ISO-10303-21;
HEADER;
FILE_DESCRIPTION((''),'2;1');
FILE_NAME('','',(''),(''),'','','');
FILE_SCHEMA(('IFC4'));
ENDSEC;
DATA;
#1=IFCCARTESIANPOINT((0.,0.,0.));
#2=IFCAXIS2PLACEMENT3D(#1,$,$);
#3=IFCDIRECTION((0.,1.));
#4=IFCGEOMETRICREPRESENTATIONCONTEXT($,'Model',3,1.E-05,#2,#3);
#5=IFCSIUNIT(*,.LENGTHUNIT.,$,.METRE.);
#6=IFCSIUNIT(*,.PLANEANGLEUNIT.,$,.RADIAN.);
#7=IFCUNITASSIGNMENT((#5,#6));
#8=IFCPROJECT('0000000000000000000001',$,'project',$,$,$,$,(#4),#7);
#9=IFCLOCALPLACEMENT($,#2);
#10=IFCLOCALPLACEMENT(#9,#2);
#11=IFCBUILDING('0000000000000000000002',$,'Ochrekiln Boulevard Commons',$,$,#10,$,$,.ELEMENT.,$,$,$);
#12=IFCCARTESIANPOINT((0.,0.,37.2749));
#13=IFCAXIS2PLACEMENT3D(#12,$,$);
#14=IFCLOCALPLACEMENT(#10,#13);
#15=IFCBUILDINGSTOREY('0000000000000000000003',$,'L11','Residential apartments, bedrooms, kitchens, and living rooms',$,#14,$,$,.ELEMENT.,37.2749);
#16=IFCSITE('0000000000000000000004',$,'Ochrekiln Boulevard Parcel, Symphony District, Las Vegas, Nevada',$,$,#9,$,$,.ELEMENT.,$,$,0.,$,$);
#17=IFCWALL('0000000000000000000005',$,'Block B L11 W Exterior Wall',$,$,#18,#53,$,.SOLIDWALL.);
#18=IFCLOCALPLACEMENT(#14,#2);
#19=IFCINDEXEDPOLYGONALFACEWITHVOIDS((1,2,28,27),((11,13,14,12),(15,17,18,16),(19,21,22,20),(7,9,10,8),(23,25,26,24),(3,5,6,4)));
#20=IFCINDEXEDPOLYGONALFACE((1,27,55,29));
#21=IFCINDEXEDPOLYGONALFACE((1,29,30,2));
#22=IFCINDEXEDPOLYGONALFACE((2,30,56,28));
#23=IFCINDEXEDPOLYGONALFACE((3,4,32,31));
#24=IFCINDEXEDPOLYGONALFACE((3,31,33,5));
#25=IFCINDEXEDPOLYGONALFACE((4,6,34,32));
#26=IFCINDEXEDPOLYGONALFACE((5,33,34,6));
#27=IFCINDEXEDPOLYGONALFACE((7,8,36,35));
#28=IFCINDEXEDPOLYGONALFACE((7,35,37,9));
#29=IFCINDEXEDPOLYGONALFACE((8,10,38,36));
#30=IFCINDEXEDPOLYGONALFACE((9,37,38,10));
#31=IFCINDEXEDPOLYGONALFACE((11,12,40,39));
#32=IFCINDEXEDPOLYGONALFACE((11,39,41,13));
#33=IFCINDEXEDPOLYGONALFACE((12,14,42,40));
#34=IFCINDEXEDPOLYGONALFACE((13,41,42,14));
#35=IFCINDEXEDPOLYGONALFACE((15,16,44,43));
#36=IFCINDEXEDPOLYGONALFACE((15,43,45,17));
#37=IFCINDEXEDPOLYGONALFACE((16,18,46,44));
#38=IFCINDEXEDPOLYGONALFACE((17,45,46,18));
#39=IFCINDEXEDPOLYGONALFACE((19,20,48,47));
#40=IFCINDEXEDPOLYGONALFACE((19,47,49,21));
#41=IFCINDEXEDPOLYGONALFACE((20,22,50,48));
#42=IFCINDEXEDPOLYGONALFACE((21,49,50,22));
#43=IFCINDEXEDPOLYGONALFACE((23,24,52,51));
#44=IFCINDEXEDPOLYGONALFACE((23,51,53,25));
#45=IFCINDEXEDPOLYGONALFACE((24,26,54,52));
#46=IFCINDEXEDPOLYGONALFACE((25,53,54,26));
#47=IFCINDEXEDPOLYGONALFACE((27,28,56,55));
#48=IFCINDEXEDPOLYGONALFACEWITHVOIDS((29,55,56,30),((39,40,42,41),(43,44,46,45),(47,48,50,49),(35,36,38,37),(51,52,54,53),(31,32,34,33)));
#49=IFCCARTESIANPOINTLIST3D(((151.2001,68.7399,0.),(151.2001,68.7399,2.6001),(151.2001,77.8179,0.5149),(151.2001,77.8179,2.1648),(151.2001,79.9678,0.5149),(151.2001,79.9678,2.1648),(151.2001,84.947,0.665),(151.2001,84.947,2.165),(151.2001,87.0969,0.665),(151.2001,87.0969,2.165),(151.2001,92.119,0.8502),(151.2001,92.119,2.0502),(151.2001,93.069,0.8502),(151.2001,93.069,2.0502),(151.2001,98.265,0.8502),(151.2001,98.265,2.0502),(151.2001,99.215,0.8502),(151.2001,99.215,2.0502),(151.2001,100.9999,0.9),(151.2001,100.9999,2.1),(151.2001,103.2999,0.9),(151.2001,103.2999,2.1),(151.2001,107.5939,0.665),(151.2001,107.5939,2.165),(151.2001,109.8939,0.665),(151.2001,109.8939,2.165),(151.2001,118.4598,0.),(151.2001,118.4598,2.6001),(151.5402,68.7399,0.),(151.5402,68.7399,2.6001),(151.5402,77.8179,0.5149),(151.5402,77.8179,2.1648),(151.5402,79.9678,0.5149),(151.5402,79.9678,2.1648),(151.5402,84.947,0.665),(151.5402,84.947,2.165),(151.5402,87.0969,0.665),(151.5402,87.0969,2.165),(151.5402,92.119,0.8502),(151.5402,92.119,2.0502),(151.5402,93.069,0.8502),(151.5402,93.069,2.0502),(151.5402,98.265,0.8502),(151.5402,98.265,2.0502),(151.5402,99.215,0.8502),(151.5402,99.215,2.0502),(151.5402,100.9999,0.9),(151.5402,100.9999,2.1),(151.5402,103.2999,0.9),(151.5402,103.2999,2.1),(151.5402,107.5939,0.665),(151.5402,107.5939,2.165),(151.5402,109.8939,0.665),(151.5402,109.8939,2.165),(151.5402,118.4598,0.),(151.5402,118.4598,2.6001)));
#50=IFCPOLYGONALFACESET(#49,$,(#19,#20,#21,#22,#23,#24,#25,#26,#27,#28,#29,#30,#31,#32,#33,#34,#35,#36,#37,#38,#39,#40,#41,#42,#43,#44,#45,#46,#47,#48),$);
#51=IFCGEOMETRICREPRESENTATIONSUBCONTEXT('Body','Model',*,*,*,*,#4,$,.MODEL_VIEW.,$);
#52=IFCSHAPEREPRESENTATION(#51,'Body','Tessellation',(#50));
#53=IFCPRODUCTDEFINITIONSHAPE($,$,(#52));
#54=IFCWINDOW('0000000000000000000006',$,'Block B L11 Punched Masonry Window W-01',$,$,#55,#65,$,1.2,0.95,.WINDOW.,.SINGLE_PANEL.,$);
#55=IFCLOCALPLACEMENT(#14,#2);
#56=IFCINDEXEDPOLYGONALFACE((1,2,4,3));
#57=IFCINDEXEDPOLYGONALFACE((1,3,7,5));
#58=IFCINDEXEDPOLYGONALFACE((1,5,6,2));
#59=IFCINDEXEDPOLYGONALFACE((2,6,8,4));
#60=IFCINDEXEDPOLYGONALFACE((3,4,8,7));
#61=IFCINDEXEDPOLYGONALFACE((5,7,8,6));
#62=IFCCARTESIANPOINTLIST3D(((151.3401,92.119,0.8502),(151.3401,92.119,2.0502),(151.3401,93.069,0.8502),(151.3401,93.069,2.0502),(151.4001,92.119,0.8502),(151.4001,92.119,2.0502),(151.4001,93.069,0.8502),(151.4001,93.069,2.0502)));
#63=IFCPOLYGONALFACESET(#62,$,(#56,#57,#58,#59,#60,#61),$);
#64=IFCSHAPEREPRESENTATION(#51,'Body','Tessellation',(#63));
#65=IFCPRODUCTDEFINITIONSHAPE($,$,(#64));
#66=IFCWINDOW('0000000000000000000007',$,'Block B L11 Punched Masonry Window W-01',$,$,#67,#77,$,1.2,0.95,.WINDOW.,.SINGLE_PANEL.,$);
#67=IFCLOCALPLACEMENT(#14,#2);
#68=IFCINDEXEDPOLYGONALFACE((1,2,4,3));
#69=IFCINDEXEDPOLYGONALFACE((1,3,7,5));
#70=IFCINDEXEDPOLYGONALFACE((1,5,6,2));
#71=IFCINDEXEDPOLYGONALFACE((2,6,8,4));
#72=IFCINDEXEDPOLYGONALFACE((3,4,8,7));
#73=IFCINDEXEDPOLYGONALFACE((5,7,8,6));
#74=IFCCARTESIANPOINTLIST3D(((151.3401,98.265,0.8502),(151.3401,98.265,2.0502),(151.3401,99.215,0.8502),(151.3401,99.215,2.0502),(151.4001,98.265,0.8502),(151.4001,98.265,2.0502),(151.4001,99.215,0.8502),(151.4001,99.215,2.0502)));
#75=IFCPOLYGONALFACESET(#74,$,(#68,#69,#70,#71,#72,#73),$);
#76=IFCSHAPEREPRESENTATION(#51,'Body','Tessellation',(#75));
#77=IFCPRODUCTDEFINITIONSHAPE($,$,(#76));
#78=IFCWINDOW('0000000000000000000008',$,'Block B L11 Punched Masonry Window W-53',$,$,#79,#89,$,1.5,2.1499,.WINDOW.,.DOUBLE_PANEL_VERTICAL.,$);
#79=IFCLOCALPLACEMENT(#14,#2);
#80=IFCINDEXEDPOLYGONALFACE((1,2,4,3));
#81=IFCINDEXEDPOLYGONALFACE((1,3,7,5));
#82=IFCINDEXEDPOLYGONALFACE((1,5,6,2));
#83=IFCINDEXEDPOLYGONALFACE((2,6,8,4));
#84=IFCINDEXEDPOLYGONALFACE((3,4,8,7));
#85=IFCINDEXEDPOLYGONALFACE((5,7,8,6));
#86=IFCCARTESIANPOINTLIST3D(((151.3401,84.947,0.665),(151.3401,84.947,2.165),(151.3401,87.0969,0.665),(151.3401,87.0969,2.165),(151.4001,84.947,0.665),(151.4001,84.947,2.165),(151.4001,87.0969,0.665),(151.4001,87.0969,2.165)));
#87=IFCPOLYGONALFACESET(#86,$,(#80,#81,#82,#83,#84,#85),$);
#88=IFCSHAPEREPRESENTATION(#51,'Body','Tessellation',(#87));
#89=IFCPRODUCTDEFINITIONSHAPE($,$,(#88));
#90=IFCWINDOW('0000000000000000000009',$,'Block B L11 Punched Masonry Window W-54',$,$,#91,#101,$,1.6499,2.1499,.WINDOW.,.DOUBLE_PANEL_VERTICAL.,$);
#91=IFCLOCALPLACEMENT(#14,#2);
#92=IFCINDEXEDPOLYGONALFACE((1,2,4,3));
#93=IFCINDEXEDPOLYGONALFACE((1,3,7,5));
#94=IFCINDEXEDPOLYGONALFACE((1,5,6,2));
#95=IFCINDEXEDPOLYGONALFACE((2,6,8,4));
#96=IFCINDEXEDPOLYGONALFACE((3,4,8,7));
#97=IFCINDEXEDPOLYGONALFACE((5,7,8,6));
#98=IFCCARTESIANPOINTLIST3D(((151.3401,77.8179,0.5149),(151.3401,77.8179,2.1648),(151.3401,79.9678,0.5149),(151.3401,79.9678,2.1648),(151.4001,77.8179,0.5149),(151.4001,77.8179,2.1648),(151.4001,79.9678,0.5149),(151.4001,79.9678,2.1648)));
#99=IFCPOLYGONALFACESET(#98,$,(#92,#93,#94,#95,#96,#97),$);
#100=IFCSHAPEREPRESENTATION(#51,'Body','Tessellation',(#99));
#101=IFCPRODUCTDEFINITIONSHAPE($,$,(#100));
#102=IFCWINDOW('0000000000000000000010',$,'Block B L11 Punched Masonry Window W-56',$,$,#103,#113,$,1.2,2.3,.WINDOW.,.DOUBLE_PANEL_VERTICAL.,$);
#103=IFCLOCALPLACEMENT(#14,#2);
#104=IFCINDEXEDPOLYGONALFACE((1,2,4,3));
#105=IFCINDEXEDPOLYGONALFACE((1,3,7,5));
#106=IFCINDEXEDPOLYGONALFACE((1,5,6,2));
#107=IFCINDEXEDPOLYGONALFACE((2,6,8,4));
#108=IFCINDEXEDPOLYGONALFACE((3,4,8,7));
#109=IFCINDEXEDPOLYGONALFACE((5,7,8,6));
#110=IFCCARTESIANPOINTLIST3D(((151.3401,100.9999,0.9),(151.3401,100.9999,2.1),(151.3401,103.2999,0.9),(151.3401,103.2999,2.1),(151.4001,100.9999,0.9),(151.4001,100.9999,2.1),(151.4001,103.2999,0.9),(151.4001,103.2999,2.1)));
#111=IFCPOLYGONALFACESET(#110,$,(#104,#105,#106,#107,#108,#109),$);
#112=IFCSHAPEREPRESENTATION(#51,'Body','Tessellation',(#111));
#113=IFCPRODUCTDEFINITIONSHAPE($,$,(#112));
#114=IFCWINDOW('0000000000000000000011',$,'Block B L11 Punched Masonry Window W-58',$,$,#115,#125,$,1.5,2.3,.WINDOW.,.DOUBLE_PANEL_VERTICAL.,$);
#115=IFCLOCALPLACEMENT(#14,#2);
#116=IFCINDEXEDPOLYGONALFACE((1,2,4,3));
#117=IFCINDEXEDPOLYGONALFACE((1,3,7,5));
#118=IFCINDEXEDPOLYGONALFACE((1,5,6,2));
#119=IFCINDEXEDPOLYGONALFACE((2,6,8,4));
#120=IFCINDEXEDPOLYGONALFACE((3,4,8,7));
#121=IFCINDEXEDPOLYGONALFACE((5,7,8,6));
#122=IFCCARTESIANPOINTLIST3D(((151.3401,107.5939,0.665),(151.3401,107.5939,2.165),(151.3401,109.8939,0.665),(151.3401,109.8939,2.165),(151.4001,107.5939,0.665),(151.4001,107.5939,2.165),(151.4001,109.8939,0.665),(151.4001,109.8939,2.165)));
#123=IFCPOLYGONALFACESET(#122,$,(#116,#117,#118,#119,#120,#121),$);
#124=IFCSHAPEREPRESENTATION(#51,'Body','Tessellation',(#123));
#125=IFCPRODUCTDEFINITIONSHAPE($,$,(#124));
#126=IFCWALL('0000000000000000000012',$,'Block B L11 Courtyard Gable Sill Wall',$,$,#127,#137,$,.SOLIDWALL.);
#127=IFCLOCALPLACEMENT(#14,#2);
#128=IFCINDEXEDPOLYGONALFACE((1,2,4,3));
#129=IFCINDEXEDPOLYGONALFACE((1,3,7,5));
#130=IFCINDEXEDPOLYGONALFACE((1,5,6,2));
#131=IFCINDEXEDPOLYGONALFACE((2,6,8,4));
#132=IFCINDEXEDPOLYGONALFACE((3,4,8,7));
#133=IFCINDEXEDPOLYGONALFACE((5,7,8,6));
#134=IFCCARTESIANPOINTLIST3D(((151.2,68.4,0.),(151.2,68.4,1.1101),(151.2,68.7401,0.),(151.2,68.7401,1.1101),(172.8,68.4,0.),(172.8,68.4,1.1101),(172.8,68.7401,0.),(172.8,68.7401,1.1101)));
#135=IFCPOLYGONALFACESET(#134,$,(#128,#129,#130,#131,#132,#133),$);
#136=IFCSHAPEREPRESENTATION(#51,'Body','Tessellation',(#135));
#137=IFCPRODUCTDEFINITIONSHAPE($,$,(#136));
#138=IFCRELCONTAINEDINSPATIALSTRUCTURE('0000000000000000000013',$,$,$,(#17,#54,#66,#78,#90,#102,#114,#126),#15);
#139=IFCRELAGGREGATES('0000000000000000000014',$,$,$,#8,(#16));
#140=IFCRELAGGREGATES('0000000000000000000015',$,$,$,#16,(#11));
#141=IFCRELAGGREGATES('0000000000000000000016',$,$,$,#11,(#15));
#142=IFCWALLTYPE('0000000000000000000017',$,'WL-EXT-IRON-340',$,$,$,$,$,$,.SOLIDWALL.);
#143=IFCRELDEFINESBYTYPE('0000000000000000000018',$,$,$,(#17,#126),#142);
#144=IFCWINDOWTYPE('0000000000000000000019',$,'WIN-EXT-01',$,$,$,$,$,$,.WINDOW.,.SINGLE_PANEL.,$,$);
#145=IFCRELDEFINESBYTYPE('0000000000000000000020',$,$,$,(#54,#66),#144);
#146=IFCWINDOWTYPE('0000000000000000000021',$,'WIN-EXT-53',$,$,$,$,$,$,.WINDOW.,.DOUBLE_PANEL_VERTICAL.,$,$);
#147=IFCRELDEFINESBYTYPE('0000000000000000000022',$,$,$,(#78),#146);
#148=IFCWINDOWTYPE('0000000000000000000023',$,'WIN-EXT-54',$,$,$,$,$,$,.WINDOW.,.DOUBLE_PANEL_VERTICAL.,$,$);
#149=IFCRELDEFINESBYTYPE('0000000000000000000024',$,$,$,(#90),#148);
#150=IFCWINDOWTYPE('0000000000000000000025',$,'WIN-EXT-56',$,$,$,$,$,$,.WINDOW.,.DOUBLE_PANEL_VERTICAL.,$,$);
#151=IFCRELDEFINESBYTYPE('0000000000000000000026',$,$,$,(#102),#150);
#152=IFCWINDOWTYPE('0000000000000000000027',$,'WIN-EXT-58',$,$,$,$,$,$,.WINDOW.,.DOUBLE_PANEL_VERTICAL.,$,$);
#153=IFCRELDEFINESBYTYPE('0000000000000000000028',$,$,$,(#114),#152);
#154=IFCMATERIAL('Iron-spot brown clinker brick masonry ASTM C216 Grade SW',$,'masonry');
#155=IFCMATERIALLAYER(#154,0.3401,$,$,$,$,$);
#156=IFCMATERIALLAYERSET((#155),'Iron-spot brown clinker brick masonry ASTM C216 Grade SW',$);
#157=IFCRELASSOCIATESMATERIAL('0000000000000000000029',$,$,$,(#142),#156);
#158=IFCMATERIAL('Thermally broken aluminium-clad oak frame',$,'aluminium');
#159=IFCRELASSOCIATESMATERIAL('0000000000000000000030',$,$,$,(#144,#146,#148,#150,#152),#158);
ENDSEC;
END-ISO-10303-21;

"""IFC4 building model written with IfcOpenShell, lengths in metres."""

from ifc_helpers import new_model, si_unit, direction, frame, frame_2d, origin, place, context, subcontext, project, spatial, rectangle, extrude, material, layer, layer_set, type_object, element, fill, save


model = new_model("IFC4")

# Units and contexts
model_context = context("Model", 3, precision=1e-05, world=origin(), true_north=direction((0.0, 1.0)))
body_context = subcontext(model_context, "Body", "Model", "MODEL_VIEW")
ifc_project = project(units=[si_unit("LENGTHUNIT", "METRE"), si_unit("PLANEANGLEUNIT", "RADIAN")], contexts=[model_context])

# Site, building, storey
site_placement = place(None, origin())
site = spatial("IfcSite", under=ifc_project, at=site_placement, Name="Ochrekiln Boulevard Parcel, Symphony District, Las Vegas, Nevada", CompositionType="ELEMENT", RefElevation=0.0)
building_placement = place(site_placement, origin())
building = spatial("IfcBuilding", under=site, at=building_placement, Name="Ochrekiln Boulevard Commons", CompositionType="ELEMENT")
storey_placement = place(building_placement, frame((0.0, 0.0, 37.2749)))
storey = spatial("IfcBuildingStorey", under=building, at=storey_placement, Name="L11", Description="Residential apartments, bedrooms, kitchens, and living rooms", CompositionType="ELEMENT", Elevation=37.2749)

# Shared definitions
ifc_material_1 = material(Name="Iron-spot brown clinker brick masonry ASTM C216 Grade SW", Category="masonry")
ifc_layer_1 = layer(ifc_material_1, 0.3401)
ifc_layer_set_1 = layer_set([ifc_layer_1], Name="Iron-spot brown clinker brick masonry ASTM C216 Grade SW")
wall_type_1 = type_object("IfcWallType", Name="WL-EXT-IRON-340", PredefinedType="SOLIDWALL", material=ifc_layer_set_1)

# Wall, openings, windows
wall_1_placement = place(storey_placement, frame((151.3701, 68.74, 0.0), z_axis=(0.0, 0.0, 1.0), x_axis=(0.0, 1.0, 0.0)))
wall_1 = element("IfcWall", 1, at=wall_1_placement, inside=storey, type_object=wall_type_1, Name="Block B L11 W Exterior Wall", PredefinedType="SOLIDWALL", context=body_context, shape_type="SweptSolid", body=[
    extrude(rectangle(XDim=49.72, YDim=0.3401, at=frame_2d((24.8599, 0.0))), origin(), (0.0, 0.0, 1.0), 2.6001),
])
opening_1_placement = place(wall_1_placement, frame((16.207, 0.0, 0.665)))
opening_1 = element("IfcOpeningElement", 2, at=opening_1_placement, cuts=wall_1, PredefinedType="OPENING", context=body_context, shape_type="SweptSolid", body=[
    extrude(rectangle(XDim=2.1499, YDim=1.5, at=frame_2d((1.075, 0.75))), frame((0.0, 0.1799, 0.0), z_axis=(0.0, -1.0, 0.0), x_axis=(1.0, 0.0, 0.0)), (0.0, 0.0, 1.0), 0.3601),
])
opening_2_placement = place(wall_1_placement, frame((9.0779, 0.0, 0.5149)))
opening_2 = element("IfcOpeningElement", 3, at=opening_2_placement, cuts=wall_1, PredefinedType="OPENING", context=body_context, shape_type="SweptSolid", body=[
    extrude(rectangle(XDim=2.1499, YDim=1.6499, at=frame_2d((1.075, 0.825))), frame((0.0, 0.1799, 0.0), z_axis=(0.0, -1.0, 0.0), x_axis=(1.0, 0.0, 0.0)), (0.0, 0.0, 1.0), 0.3601),
])
opening_3_placement = place(wall_1_placement, frame((23.3789, 0.0, 0.8501)))
opening_3 = element("IfcOpeningElement", 4, at=opening_3_placement, cuts=wall_1, PredefinedType="OPENING", context=body_context, shape_type="SweptSolid", body=[
    extrude(rectangle(XDim=0.95, YDim=1.2, at=frame_2d((0.4751, 0.6001))), frame((0.0, 0.1799, 0.0), z_axis=(0.0, -1.0, 0.0), x_axis=(1.0, 0.0, 0.0)), (0.0, 0.0, 1.0), 0.3601),
])
opening_4_placement = place(wall_1_placement, frame((32.26, 0.0, 0.8999)))
opening_4 = element("IfcOpeningElement", 5, at=opening_4_placement, cuts=wall_1, PredefinedType="OPENING", context=body_context, shape_type="SweptSolid", body=[
    extrude(rectangle(XDim=2.3, YDim=1.2, at=frame_2d((1.1499, 0.6001))), frame((0.0, 0.1799, 0.0), z_axis=(0.0, -1.0, 0.0), x_axis=(1.0, 0.0, 0.0)), (0.0, 0.0, 1.0), 0.3601),
])
opening_5_placement = place(wall_1_placement, frame((29.5249, 0.0, 0.8501)))
opening_5 = element("IfcOpeningElement", 6, at=opening_5_placement, cuts=wall_1, PredefinedType="OPENING", context=body_context, shape_type="SweptSolid", body=[
    extrude(rectangle(XDim=0.95, YDim=1.2, at=frame_2d((0.4751, 0.6001))), frame((0.0, 0.1799, 0.0), z_axis=(0.0, -1.0, 0.0), x_axis=(1.0, 0.0, 0.0)), (0.0, 0.0, 1.0), 0.3601),
])
opening_6_placement = place(wall_1_placement, frame((38.854, 0.0, 0.665)))
opening_6 = element("IfcOpeningElement", 7, at=opening_6_placement, cuts=wall_1, PredefinedType="OPENING", context=body_context, shape_type="SweptSolid", body=[
    extrude(rectangle(XDim=2.3, YDim=1.5, at=frame_2d((1.1499, 0.75))), frame((0.0, 0.1799, 0.0), z_axis=(0.0, -1.0, 0.0), x_axis=(1.0, 0.0, 0.0)), (0.0, 0.0, 1.0), 0.3601),
])
ifc_material_2 = material(Name="Thermally broken aluminium-clad oak frame", Category="aluminium")
window_type_1 = type_object("IfcWindowType", Name="WIN-EXT-01", PartitioningType="SINGLE_PANEL", PredefinedType="WINDOW", material=ifc_material_2)
window_1_placement = place(opening_3_placement, origin())
window_1 = element("IfcWindow", 8, at=window_1_placement, inside=storey, type_object=window_type_1, Name="Block B L11 Punched Masonry Window W-01", OverallHeight=1.2, OverallWidth=0.95, PartitioningType="SINGLE_PANEL", PredefinedType="WINDOW", context=body_context, shape_type="SweptSolid", body=[
    extrude(rectangle(XDim=0.95, YDim=1.2, at=frame_2d((0.4751, 0.6001))), frame((0.0, 0.03, 0.0), z_axis=(0.0, -1.0, 0.0), x_axis=(1.0, 0.0, 0.0)), (0.0, 0.0, 1.0), 0.0601),
])
fill(opening_3, window_1)
window_2_placement = place(opening_5_placement, origin())
window_2 = element("IfcWindow", 9, at=window_2_placement, inside=storey, type_object=window_type_1, Name="Block B L11 Punched Masonry Window W-01", OverallHeight=1.2, OverallWidth=0.95, PartitioningType="SINGLE_PANEL", PredefinedType="WINDOW", context=body_context, shape_type="SweptSolid", body=[
    extrude(rectangle(XDim=0.95, YDim=1.2, at=frame_2d((0.4751, 0.6001))), frame((0.0, 0.03, 0.0), z_axis=(0.0, -1.0, 0.0), x_axis=(1.0, 0.0, 0.0)), (0.0, 0.0, 1.0), 0.0601),
])
fill(opening_5, window_2)
window_type_2 = type_object("IfcWindowType", Name="WIN-EXT-53", PartitioningType="DOUBLE_PANEL_VERTICAL", PredefinedType="WINDOW", material=ifc_material_2)
window_3_placement = place(opening_1_placement, origin())
window_3 = element("IfcWindow", 10, at=window_3_placement, inside=storey, type_object=window_type_2, Name="Block B L11 Punched Masonry Window W-53", OverallHeight=1.5, OverallWidth=2.1499, PartitioningType="DOUBLE_PANEL_VERTICAL", PredefinedType="WINDOW", context=body_context, shape_type="SweptSolid", body=[
    extrude(rectangle(XDim=2.1499, YDim=1.5, at=frame_2d((1.075, 0.75))), frame((0.0, 0.03, 0.0), z_axis=(0.0, -1.0, 0.0), x_axis=(1.0, 0.0, 0.0)), (0.0, 0.0, 1.0), 0.0601),
])
fill(opening_1, window_3)
window_type_3 = type_object("IfcWindowType", Name="WIN-EXT-54", PartitioningType="DOUBLE_PANEL_VERTICAL", PredefinedType="WINDOW", material=ifc_material_2)
window_4_placement = place(opening_2_placement, origin())
window_4 = element("IfcWindow", 11, at=window_4_placement, inside=storey, type_object=window_type_3, Name="Block B L11 Punched Masonry Window W-54", OverallHeight=1.6499, OverallWidth=2.1499, PartitioningType="DOUBLE_PANEL_VERTICAL", PredefinedType="WINDOW", context=body_context, shape_type="SweptSolid", body=[
    extrude(rectangle(XDim=2.1499, YDim=1.6499, at=frame_2d((1.075, 0.825))), frame((0.0, 0.03, 0.0), z_axis=(0.0, -1.0, 0.0), x_axis=(1.0, 0.0, 0.0)), (0.0, 0.0, 1.0), 0.0601),
])
fill(opening_2, window_4)
window_type_4 = type_object("IfcWindowType", Name="WIN-EXT-56", PartitioningType="DOUBLE_PANEL_VERTICAL", PredefinedType="WINDOW", material=ifc_material_2)
window_5_placement = place(opening_4_placement, origin())
window_5 = element("IfcWindow", 12, at=window_5_placement, inside=storey, type_object=window_type_4, Name="Block B L11 Punched Masonry Window W-56", OverallHeight=1.2, OverallWidth=2.3, PartitioningType="DOUBLE_PANEL_VERTICAL", PredefinedType="WINDOW", context=body_context, shape_type="SweptSolid", body=[
    extrude(rectangle(XDim=2.3, YDim=1.2, at=frame_2d((1.1499, 0.6001))), frame((0.0, 0.03, 0.0), z_axis=(0.0, -1.0, 0.0), x_axis=(1.0, 0.0, 0.0)), (0.0, 0.0, 1.0), 0.0601),
])
fill(opening_4, window_5)
window_type_5 = type_object("IfcWindowType", Name="WIN-EXT-58", PartitioningType="DOUBLE_PANEL_VERTICAL", PredefinedType="WINDOW", material=ifc_material_2)
window_6_placement = place(opening_6_placement, origin())
window_6 = element("IfcWindow", 13, at=window_6_placement, inside=storey, type_object=window_type_5, Name="Block B L11 Punched Masonry Window W-58", OverallHeight=1.5, OverallWidth=2.3, PartitioningType="DOUBLE_PANEL_VERTICAL", PredefinedType="WINDOW", context=body_context, shape_type="SweptSolid", body=[
    extrude(rectangle(XDim=2.3, YDim=1.5, at=frame_2d((1.1499, 0.75))), frame((0.0, 0.03, 0.0), z_axis=(0.0, -1.0, 0.0), x_axis=(1.0, 0.0, 0.0)), (0.0, 0.0, 1.0), 0.0601),
])
fill(opening_6, window_6)

# Wall
wall_2_placement = place(storey_placement, frame((151.2, 68.5701, 0.0), z_axis=(0.0, 0.0, 1.0), x_axis=(1.0, 0.0, 0.0)))
element("IfcWall", 14, at=wall_2_placement, inside=storey, type_object=wall_type_1, Name="Block B L11 Courtyard Gable Sill Wall", PredefinedType="SOLIDWALL", context=body_context, shape_type="SweptSolid", body=[
    extrude(rectangle(XDim=21.6001, YDim=0.3401, at=frame_2d((10.8, 0.0))), origin(), (0.0, 0.0, 1.0), 1.1101),
])

save(model, "model.ifc")
